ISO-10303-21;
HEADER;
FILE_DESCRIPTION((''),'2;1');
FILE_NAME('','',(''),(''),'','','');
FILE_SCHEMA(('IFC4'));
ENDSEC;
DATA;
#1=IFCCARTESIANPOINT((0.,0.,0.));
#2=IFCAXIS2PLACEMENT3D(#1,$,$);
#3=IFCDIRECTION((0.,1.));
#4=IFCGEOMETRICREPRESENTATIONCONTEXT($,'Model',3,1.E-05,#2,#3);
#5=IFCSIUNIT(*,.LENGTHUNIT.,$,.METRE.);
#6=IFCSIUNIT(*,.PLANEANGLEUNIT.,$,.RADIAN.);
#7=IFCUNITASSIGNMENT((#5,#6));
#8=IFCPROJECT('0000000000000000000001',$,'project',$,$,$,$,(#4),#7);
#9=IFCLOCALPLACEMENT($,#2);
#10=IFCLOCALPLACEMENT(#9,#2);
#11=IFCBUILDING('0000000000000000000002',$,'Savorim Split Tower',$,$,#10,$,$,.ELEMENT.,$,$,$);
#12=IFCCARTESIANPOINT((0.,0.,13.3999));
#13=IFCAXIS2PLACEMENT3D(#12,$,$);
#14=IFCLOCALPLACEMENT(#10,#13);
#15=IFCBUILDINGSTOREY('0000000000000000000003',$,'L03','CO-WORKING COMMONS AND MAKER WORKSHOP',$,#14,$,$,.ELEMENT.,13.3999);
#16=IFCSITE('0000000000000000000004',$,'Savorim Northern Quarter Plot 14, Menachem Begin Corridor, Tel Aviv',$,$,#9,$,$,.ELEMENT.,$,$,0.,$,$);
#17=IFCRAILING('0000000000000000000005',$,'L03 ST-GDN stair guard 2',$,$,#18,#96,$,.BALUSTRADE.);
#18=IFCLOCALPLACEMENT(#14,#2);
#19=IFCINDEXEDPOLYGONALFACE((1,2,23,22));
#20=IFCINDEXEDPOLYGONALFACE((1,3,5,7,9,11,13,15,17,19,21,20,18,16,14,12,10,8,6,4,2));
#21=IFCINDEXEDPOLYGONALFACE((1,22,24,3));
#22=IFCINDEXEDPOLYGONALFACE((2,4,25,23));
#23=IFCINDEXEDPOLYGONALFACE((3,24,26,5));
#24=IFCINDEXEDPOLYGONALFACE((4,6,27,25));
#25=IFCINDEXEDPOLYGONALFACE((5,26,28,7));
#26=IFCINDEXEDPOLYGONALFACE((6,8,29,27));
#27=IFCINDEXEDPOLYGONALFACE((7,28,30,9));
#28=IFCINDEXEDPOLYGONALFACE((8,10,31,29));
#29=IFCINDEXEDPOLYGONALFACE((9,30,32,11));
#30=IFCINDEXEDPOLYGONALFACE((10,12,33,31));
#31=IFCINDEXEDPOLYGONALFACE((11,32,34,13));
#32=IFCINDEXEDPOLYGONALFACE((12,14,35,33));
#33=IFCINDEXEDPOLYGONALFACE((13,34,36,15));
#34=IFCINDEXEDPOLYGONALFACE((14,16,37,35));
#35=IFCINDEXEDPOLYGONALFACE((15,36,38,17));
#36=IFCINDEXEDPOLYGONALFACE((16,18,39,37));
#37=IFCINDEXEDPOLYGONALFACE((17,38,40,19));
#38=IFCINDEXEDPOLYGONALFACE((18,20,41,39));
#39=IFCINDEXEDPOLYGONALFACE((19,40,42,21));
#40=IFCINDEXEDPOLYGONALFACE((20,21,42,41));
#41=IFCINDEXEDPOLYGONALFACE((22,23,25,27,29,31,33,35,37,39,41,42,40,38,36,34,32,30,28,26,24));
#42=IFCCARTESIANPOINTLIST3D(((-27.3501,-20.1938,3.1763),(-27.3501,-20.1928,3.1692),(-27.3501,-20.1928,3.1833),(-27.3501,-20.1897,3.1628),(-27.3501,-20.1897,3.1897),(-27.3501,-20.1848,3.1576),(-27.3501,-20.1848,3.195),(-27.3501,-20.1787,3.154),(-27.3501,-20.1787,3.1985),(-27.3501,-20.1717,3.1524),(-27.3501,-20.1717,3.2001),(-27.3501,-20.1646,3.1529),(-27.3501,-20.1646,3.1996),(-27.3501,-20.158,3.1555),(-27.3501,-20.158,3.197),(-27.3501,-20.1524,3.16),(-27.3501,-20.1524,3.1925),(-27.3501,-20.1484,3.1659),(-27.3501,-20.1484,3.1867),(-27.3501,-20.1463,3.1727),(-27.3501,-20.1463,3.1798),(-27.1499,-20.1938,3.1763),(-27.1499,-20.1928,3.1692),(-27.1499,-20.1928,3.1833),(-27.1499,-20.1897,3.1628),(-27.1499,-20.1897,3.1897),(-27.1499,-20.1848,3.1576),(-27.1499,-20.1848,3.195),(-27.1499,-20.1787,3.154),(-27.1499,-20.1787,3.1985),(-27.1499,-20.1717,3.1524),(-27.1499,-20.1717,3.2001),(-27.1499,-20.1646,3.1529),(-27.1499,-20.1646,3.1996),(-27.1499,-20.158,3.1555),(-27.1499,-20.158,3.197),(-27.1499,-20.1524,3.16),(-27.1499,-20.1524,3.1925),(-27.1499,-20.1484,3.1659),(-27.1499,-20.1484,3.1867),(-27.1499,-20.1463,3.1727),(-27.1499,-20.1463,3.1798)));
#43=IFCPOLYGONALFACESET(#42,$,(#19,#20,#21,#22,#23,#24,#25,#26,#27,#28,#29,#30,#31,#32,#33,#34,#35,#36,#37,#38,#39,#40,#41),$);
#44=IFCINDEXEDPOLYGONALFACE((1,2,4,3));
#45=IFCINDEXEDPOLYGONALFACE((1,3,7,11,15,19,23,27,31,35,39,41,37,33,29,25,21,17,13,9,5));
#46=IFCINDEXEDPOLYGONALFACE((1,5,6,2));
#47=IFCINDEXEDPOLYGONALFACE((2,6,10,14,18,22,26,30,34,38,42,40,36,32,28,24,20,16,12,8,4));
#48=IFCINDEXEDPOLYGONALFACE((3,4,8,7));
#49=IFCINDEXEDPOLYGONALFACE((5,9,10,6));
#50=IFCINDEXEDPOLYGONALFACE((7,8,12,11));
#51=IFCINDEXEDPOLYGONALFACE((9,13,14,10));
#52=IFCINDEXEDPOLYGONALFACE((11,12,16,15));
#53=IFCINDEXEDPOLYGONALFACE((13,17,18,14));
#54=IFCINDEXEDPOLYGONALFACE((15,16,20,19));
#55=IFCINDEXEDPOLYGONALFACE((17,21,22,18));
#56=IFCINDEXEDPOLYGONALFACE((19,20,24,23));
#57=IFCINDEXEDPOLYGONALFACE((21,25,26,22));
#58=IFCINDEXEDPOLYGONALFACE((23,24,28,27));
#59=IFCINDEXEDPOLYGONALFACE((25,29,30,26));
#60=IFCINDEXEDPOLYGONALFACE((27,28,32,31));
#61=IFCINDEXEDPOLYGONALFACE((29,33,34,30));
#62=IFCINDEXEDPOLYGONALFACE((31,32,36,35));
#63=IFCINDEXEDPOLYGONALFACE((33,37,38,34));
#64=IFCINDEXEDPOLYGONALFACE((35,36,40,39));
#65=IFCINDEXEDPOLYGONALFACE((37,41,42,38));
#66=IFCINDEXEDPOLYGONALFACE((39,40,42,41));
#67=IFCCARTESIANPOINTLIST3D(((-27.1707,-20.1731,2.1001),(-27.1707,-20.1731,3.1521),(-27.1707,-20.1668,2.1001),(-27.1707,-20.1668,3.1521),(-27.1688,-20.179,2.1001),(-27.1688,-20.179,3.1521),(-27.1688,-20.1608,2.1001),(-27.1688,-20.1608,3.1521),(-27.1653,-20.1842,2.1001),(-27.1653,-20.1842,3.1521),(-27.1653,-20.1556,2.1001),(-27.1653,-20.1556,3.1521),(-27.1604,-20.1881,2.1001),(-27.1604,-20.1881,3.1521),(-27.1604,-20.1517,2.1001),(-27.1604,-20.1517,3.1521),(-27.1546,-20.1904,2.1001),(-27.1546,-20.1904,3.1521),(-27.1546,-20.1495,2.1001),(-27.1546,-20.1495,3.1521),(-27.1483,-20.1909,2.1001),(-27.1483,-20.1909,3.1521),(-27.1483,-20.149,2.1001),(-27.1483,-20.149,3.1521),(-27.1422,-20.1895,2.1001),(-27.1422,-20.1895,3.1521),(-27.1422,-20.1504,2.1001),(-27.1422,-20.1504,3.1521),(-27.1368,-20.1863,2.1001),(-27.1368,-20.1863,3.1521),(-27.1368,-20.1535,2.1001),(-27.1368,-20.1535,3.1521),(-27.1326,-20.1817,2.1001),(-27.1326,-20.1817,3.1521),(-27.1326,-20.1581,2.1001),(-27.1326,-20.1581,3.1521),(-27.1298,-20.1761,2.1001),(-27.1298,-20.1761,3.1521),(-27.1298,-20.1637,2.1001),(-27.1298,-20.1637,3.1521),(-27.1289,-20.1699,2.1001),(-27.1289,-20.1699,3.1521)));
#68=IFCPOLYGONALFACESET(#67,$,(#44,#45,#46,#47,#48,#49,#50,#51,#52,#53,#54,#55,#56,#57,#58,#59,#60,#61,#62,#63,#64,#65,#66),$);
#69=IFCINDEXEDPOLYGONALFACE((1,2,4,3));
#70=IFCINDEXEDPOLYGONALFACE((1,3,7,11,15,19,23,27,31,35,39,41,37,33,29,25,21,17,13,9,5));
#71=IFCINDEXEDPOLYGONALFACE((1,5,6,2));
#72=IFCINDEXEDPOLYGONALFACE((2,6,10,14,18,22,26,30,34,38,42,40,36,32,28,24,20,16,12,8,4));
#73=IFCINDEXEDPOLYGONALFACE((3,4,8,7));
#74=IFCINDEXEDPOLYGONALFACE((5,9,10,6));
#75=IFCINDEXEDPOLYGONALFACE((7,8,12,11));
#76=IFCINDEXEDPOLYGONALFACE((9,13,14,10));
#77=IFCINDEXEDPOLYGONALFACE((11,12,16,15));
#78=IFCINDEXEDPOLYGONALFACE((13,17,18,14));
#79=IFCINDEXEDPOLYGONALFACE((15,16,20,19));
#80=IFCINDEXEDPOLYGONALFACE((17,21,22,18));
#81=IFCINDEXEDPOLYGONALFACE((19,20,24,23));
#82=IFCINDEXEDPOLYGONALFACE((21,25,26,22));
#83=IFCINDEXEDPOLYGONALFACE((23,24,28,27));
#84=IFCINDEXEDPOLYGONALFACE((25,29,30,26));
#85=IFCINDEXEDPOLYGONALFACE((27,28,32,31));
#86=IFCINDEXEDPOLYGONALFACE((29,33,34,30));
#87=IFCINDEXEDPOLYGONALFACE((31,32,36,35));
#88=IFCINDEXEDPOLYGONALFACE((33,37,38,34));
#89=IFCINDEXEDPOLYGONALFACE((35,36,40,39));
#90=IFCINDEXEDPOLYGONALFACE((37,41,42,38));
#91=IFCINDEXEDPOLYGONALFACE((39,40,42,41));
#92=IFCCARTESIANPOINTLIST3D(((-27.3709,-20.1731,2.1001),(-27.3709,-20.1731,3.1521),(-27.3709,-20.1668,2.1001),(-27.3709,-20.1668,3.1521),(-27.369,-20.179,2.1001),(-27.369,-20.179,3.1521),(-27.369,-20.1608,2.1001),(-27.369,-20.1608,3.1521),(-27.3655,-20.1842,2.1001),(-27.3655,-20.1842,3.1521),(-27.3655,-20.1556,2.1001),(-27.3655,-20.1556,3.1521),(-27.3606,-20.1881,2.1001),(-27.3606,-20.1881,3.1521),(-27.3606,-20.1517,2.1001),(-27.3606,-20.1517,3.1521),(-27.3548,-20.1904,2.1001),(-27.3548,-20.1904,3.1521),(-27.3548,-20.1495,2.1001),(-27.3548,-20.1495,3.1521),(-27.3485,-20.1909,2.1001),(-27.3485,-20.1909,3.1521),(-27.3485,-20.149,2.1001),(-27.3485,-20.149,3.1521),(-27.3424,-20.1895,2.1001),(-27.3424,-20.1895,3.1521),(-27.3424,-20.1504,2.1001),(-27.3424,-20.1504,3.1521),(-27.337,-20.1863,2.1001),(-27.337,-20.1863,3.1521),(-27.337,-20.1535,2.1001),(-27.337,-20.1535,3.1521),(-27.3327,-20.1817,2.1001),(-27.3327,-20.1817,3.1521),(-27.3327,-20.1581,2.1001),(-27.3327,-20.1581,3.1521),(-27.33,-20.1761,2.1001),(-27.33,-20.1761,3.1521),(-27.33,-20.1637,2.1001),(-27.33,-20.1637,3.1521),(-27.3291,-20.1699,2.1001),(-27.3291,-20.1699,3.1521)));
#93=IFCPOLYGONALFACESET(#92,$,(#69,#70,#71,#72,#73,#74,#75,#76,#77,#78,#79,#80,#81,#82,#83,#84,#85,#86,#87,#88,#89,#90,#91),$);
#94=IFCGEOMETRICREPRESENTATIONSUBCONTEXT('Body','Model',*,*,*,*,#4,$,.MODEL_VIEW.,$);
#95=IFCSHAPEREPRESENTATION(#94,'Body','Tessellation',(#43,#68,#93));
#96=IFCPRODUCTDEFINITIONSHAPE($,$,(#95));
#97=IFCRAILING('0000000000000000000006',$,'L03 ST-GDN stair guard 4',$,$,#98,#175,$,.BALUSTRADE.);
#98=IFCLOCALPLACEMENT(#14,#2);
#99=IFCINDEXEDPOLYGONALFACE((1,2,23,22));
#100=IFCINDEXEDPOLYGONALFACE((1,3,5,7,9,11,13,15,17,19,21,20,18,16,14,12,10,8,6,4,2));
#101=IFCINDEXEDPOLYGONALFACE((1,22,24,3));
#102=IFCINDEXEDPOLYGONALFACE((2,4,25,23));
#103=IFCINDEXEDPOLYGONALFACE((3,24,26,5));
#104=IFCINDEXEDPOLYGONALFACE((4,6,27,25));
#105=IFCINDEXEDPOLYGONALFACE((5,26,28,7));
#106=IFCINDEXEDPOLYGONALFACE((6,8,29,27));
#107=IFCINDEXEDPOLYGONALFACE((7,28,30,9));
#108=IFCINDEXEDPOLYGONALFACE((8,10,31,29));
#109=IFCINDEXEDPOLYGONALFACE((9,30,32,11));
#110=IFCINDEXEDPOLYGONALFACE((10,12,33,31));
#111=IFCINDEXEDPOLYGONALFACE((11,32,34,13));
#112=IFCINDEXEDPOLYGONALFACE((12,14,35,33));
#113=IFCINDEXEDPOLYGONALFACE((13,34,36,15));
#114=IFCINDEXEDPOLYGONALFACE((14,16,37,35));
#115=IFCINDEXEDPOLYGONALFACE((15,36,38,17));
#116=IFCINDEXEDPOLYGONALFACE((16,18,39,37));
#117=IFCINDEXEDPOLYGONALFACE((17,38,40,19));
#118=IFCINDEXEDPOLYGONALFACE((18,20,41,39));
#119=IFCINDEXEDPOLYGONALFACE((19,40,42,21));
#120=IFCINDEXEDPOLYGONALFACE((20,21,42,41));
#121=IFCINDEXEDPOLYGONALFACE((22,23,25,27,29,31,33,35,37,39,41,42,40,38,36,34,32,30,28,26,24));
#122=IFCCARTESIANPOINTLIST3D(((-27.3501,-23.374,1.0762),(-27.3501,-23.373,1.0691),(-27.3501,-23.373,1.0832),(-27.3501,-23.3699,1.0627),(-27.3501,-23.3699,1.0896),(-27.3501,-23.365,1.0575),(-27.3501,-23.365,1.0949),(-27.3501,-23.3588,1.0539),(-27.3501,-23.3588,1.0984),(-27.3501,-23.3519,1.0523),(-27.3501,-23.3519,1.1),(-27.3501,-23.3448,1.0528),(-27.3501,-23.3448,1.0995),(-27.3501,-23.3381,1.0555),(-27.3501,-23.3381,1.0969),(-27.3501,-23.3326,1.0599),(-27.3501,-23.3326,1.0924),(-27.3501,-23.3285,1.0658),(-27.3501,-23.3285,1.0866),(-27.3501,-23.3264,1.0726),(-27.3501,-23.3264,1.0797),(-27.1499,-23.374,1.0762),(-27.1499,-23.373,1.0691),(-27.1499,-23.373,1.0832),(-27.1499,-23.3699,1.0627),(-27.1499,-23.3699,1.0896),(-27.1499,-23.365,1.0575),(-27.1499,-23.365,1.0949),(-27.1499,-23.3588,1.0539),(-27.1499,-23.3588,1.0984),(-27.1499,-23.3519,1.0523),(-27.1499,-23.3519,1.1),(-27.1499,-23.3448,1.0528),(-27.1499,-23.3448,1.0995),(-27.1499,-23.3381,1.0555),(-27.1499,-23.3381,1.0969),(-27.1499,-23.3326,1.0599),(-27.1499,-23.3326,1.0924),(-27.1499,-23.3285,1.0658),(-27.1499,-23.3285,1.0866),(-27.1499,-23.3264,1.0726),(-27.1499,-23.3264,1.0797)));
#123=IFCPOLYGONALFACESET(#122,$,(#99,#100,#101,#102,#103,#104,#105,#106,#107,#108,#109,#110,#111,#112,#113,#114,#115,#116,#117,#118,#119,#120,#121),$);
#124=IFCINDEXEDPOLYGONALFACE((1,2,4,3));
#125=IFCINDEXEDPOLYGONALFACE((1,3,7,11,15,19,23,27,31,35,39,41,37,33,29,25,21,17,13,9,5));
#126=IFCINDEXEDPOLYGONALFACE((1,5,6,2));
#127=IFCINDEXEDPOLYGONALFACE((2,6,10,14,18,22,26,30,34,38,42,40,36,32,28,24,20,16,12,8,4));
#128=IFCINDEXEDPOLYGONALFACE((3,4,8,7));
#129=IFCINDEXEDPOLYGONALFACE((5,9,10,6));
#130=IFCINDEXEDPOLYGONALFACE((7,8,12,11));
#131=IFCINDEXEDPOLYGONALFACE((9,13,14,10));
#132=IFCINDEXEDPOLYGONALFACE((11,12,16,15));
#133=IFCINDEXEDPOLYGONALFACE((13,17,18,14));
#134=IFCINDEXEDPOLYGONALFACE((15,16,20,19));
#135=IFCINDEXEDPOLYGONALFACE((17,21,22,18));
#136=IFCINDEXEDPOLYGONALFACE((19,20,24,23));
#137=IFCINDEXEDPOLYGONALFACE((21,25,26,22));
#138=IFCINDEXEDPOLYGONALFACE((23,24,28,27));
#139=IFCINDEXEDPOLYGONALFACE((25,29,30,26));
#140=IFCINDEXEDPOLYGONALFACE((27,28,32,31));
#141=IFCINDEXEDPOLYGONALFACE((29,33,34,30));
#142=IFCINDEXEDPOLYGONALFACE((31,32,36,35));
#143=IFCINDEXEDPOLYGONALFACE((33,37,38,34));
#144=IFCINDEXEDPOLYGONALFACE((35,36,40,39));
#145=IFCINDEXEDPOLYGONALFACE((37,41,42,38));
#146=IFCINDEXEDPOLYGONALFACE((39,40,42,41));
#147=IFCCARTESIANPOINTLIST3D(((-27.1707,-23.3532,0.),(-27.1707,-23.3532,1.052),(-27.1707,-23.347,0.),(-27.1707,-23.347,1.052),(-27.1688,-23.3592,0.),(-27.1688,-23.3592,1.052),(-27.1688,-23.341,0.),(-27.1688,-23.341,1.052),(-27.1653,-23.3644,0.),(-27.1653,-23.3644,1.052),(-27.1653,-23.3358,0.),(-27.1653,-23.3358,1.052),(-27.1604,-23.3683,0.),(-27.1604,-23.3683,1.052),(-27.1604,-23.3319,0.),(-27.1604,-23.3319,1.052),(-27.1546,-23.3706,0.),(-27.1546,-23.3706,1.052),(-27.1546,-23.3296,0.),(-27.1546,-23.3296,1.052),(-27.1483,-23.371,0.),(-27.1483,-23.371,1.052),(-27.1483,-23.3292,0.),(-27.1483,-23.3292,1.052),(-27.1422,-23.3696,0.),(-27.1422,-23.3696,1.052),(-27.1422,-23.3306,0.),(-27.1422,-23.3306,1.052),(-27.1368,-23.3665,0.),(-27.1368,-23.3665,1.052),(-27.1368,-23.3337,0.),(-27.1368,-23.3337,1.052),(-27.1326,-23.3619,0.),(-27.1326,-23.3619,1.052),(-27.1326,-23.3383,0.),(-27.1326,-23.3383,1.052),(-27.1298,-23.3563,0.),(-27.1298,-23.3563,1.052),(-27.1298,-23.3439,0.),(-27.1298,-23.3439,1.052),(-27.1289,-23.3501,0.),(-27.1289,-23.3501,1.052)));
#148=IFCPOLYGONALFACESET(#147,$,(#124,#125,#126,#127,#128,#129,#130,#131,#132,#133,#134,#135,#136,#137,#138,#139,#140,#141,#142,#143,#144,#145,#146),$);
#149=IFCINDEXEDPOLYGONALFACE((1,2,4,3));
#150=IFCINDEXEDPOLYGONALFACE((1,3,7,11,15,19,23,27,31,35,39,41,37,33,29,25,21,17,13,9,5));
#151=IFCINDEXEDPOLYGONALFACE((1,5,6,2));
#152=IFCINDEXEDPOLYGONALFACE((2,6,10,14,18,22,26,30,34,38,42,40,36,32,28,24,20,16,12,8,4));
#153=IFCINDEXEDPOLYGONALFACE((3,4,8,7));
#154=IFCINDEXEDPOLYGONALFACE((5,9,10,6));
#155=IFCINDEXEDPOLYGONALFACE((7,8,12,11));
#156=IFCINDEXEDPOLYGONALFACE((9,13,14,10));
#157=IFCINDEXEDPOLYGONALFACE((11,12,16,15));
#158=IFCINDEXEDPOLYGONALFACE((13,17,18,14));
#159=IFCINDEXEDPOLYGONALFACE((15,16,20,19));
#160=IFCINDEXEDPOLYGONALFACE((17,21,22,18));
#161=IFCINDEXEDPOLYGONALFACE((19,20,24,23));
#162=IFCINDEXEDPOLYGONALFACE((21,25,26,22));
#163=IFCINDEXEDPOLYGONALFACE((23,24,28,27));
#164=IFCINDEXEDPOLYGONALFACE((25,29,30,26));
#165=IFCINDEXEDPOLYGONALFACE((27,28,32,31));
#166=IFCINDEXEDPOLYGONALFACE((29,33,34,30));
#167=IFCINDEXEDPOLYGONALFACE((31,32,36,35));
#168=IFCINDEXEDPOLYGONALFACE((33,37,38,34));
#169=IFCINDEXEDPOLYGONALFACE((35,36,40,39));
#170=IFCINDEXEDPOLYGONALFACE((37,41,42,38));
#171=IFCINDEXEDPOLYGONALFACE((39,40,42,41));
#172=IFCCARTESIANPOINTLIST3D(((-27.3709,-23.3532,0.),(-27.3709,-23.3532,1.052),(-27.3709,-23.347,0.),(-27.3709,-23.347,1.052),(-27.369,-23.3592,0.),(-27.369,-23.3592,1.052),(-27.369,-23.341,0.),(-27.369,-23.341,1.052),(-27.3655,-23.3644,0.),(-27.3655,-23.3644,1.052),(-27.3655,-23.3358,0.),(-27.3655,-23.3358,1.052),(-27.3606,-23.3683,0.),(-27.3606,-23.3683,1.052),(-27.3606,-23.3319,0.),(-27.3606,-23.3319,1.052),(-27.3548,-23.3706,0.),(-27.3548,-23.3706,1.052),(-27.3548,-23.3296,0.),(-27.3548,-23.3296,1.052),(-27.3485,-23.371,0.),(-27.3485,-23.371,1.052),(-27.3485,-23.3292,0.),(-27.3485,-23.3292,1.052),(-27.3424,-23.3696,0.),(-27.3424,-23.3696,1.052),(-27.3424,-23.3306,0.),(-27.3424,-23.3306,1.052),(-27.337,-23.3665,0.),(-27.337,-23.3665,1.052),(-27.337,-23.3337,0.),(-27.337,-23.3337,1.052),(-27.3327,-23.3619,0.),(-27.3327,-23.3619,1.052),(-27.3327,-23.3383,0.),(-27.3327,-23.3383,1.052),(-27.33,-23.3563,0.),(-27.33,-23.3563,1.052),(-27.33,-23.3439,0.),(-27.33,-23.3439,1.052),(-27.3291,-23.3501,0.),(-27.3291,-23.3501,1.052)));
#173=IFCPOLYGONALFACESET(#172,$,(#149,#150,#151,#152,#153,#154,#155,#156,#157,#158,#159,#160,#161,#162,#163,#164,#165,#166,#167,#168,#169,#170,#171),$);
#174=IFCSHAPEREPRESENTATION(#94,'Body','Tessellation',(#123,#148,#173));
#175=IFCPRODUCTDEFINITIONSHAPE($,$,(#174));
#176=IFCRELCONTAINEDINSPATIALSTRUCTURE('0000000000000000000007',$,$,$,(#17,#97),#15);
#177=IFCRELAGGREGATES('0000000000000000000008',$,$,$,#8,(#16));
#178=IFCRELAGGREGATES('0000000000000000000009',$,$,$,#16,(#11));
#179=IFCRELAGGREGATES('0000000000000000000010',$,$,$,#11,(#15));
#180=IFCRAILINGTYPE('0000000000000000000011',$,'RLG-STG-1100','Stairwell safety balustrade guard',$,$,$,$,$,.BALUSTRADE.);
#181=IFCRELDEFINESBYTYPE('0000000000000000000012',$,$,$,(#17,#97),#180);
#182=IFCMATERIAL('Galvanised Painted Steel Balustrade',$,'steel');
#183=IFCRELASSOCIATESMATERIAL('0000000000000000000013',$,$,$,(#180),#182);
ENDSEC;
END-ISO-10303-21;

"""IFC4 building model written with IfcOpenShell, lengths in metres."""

from ifc_helpers import new_model, si_unit, direction, frame, origin, origin_2d, place, context, subcontext, project, spatial, circle, extrude, material, type_object, element, save


model = new_model("IFC4")

# Units and contexts
model_context = context("Model", 3, precision=1e-05, world=origin(), true_north=direction((0.0, 1.0)))
body_context = subcontext(model_context, "Body", "Model", "MODEL_VIEW")
ifc_project = project(units=[si_unit("LENGTHUNIT", "METRE"), si_unit("PLANEANGLEUNIT", "RADIAN")], contexts=[model_context])

# Site, building, storey
site_placement = place(None, origin())
site = spatial("IfcSite", under=ifc_project, at=site_placement, Name="Savorim Northern Quarter Plot 14, Menachem Begin Corridor, Tel Aviv", CompositionType="ELEMENT", RefElevation=0.0)
building_placement = place(site_placement, origin())
building = spatial("IfcBuilding", under=site, at=building_placement, Name="Savorim Split Tower", CompositionType="ELEMENT")
storey_placement = place(building_placement, frame((0.0, 0.0, 13.3999)))
storey = spatial("IfcBuildingStorey", under=building, at=storey_placement, Name="L03", Description="CO-WORKING COMMONS AND MAKER WORKSHOP", CompositionType="ELEMENT", Elevation=13.3999)

# Railings
ifc_material_1 = material(Name="Galvanised Painted Steel Balustrade", Category="steel")
railing_type_1 = type_object("IfcRailingType", Name="RLG-STG-1100", Description="Stairwell safety balustrade guard", PredefinedType="BALUSTRADE", material=ifc_material_1)
for number, where, name in (
    (1, (-27.1499, -20.1699, 2.1001), "L03 ST-GDN stair guard 2"),
    (2, (-27.1499, -23.3501, 0.0), "L03 ST-GDN stair guard 4"),
):
    element("IfcRailing", number, at=place(storey_placement, frame(where)), inside=storey, type_object=railing_type_1, Name=name, PredefinedType="BALUSTRADE", context=body_context, shape_type="SweptSolid", body=[
        extrude(circle(Radius=0.0239, at=origin_2d()), frame((0.0, 0.0, 1.0762), z_axis=(-1.0, 0.0, 0.0), x_axis=(0.0, -1.0, 0.0)), (0.0, 0.0, 1.0), 0.2002),
        extrude(circle(Radius=0.021, at=origin_2d()), origin(), (0.0, 0.0, 1.0), 1.052),
        extrude(circle(Radius=0.021, at=origin_2d()), frame((-0.2002, 0.0, 0.0)), (0.0, 0.0, 1.0), 1.052),
    ])

save(model, "model.ifc")
